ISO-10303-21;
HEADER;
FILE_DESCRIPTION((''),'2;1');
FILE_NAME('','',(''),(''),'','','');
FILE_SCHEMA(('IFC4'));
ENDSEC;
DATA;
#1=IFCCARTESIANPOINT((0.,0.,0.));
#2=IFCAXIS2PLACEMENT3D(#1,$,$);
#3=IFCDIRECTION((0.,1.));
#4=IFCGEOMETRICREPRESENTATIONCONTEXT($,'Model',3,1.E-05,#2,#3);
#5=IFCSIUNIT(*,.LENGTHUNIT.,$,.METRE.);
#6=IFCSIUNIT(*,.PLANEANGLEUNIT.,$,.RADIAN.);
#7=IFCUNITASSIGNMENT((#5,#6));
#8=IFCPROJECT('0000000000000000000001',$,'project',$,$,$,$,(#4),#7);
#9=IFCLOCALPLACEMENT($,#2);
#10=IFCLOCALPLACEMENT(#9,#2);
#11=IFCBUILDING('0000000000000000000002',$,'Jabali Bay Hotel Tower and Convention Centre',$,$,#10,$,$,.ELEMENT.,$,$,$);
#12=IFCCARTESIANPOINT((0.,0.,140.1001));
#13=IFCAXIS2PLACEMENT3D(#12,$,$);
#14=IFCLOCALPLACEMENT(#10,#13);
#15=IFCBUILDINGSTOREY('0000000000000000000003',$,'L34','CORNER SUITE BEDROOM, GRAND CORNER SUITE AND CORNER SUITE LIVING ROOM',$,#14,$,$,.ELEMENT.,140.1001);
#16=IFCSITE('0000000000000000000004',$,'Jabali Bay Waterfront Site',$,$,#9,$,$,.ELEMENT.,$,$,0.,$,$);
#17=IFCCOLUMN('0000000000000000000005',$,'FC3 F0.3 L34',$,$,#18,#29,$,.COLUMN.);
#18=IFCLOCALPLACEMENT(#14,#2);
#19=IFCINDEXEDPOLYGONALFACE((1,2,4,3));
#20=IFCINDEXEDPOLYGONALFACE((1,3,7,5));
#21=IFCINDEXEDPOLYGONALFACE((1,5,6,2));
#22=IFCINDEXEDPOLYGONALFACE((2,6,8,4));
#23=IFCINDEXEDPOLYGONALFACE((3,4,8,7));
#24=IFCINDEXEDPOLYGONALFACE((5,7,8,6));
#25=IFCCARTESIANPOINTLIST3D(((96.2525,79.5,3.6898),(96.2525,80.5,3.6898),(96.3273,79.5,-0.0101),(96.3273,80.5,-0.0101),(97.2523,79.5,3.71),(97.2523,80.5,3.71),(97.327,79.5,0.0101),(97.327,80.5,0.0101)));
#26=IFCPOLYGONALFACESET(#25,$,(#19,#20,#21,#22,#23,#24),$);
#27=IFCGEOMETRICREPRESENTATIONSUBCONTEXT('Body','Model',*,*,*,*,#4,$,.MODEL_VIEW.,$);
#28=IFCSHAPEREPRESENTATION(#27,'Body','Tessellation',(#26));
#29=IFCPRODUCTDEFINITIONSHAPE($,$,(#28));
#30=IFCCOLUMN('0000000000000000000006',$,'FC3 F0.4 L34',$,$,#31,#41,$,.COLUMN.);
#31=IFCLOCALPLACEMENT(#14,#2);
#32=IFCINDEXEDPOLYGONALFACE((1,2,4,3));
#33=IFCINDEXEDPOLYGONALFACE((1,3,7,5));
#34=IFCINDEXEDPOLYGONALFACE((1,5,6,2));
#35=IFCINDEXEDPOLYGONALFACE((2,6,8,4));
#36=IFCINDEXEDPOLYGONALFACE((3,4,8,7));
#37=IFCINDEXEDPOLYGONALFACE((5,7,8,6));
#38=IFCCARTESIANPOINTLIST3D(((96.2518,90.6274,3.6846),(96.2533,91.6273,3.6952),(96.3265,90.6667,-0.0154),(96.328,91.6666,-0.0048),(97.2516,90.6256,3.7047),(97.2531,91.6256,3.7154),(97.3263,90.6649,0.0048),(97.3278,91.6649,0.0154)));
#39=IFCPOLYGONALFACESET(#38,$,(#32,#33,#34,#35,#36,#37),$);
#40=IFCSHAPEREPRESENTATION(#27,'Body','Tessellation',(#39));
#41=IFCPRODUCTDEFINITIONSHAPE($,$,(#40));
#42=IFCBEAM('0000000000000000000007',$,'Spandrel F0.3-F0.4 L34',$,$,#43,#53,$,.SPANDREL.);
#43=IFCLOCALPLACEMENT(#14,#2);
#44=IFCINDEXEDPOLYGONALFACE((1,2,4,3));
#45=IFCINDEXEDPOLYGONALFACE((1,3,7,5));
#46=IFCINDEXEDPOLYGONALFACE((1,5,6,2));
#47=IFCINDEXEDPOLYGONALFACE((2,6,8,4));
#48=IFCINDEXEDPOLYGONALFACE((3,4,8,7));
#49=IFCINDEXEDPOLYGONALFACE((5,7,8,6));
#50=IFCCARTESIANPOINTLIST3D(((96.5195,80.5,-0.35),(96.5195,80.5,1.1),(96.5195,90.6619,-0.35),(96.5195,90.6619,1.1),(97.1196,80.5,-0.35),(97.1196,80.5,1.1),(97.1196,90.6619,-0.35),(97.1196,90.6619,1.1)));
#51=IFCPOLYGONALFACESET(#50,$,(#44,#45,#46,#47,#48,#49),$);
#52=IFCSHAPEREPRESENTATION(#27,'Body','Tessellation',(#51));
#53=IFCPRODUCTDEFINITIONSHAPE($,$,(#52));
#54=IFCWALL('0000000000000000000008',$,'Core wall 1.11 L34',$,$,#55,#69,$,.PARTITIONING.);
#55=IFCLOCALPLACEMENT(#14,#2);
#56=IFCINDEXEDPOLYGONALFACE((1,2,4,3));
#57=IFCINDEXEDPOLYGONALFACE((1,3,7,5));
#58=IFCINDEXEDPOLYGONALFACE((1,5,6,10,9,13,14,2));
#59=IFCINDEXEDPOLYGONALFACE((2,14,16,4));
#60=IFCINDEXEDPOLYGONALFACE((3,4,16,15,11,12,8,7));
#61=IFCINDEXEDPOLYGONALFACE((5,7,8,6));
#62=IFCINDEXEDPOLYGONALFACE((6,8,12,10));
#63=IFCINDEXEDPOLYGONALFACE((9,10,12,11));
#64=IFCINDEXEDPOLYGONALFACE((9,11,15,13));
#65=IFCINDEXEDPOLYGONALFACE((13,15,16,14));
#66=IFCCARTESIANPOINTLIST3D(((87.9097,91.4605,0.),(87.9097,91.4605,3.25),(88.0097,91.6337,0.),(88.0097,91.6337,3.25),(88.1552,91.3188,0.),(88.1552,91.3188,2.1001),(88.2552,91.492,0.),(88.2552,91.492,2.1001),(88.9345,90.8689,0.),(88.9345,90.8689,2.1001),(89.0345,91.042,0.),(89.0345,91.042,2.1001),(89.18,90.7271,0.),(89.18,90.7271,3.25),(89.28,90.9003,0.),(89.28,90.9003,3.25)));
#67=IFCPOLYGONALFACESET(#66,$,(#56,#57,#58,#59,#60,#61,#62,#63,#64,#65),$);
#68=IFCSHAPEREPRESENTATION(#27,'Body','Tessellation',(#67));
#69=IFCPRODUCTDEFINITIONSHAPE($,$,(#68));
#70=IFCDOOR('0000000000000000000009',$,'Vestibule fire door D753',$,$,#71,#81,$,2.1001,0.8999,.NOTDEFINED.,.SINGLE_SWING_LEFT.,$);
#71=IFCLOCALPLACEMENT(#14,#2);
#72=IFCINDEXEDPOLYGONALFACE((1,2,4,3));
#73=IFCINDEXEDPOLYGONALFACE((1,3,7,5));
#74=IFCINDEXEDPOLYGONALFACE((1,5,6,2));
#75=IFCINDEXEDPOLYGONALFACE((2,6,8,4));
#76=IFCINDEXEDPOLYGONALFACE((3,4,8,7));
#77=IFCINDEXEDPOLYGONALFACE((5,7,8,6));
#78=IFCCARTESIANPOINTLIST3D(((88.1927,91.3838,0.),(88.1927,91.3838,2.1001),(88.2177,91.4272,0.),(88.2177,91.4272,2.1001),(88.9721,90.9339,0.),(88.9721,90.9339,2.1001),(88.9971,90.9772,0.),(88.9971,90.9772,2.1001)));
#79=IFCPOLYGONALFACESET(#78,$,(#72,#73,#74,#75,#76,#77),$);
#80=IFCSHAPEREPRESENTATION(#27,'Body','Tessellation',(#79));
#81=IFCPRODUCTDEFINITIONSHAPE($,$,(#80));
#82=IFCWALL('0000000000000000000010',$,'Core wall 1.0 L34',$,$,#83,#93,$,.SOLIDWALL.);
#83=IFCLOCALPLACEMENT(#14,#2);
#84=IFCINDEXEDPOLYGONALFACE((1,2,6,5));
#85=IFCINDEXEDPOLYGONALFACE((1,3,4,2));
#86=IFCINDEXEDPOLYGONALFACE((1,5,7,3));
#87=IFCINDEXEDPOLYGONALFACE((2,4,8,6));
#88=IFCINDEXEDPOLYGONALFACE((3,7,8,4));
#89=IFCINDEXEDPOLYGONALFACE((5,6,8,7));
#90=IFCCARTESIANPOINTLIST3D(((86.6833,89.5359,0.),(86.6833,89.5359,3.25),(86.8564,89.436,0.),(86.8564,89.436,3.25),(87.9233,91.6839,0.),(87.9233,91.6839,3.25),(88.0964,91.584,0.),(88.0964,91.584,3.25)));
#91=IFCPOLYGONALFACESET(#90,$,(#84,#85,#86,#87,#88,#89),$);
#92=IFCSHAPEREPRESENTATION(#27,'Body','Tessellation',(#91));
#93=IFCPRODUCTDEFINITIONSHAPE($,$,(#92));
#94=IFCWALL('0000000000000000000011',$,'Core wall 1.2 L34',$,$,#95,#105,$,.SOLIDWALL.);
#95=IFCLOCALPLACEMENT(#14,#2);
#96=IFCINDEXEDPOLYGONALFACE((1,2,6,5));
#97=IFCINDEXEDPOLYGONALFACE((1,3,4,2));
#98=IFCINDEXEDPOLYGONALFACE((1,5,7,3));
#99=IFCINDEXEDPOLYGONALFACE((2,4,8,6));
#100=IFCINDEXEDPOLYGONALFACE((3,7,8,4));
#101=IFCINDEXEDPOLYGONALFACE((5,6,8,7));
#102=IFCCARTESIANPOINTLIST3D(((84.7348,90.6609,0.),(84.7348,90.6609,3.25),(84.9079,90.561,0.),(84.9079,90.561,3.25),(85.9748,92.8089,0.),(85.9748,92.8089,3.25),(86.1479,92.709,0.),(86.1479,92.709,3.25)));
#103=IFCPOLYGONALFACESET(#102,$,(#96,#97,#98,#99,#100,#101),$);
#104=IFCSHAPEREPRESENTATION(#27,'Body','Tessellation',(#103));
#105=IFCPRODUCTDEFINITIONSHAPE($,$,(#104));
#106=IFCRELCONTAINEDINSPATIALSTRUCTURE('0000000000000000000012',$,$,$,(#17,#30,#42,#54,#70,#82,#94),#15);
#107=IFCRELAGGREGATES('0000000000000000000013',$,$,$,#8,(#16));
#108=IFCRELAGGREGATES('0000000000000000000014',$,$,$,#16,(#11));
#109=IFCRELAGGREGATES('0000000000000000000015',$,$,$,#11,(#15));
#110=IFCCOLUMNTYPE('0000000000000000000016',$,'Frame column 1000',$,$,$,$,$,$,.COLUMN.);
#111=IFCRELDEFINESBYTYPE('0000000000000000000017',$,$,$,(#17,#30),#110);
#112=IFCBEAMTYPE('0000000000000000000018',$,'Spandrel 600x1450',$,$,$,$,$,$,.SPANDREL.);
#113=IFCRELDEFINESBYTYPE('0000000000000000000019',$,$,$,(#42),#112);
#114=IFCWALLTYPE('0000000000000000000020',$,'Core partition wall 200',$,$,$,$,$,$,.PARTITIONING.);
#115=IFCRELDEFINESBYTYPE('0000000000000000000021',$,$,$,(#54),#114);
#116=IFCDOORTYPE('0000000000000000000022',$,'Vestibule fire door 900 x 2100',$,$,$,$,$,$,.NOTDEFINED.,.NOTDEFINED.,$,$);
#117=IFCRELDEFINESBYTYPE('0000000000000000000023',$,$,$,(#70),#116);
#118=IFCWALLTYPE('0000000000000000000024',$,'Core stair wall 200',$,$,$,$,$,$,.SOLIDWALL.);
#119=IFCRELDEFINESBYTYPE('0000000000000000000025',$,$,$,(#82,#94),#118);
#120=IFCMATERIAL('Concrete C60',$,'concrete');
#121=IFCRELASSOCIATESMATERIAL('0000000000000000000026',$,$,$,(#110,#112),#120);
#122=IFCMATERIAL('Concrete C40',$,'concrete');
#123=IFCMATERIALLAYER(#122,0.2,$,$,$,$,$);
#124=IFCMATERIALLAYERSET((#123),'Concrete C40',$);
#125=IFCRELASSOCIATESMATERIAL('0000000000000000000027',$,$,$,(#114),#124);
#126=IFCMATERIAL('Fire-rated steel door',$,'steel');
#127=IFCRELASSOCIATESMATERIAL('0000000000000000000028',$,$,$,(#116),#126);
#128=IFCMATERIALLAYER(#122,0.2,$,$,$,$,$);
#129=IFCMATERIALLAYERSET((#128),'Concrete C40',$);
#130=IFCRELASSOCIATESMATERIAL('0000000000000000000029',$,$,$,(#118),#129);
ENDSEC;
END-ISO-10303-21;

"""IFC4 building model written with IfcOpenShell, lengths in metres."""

from ifc_helpers import new_model, si_unit, direction, frame, frame_2d, origin, origin_2d, place, context, subcontext, project, spatial, rectangle, extrude, material, layer, layer_set, material_profile, profile_set, type_object, element, fill, save


model = new_model("IFC4")

# Units and contexts
model_context = context("Model", 3, precision=1e-05, world=origin(), true_north=direction((0.0, 1.0)))
body_context = subcontext(model_context, "Body", "Model", "MODEL_VIEW")
ifc_project = project(units=[si_unit("LENGTHUNIT", "METRE"), si_unit("PLANEANGLEUNIT", "RADIAN")], contexts=[model_context])

# Site, building, storey
site_placement = place(None, origin())
site = spatial("IfcSite", under=ifc_project, at=site_placement, Name="Jabali Bay Waterfront Site", CompositionType="ELEMENT", RefElevation=0.0)
building_placement = place(site_placement, origin())
building = spatial("IfcBuilding", under=site, at=building_placement, Name="Jabali Bay Hotel Tower and Convention Centre", CompositionType="ELEMENT")
storey_placement = place(building_placement, frame((0.0, 0.0, 140.1001)))
storey = spatial("IfcBuildingStorey", under=building, at=storey_placement, Name="L34", Description="CORNER SUITE BEDROOM, GRAND CORNER SUITE AND CORNER SUITE LIVING ROOM", CompositionType="ELEMENT", Elevation=140.1001)

# Columns
ifc_material_1 = material(Name="Concrete C60", Category="concrete")
ifc_material_profile_1 = material_profile(ifc_material_1, rectangle(XDim=1.0, YDim=1.0, at=origin_2d()), Name="Frame column 1000")
ifc_profile_set_1 = profile_set([ifc_material_profile_1], Name="Concrete C60")
column_type = type_object("IfcColumnType", Name="Frame column 1000", PredefinedType="COLUMN", material=ifc_profile_set_1)
column_1_placement = place(storey_placement, frame((96.8271, 80.0, 0.0), z_axis=(-0.020187, 0.0, 0.999796), x_axis=(0.0, -1.0, 0.0)))
element("IfcColumn", 1, at=column_1_placement, inside=storey, type_object=column_type, Name="FC3 F0.3 L34", PredefinedType="COLUMN", context=body_context, shape_type="SweptSolid", body=[
    extrude(rectangle(XDim=1.0, YDim=1.0, at=origin_2d()), origin(), (0.0, 0.0, 1.0), 3.7007),
])
column_2_placement = place(storey_placement, frame((96.8271, 91.1658, 0.0), z_axis=(-0.020186, -0.010621, 0.99974), x_axis=(0.999795, -0.001747, 0.020169)))
element("IfcColumn", 2, at=column_2_placement, inside=storey, type_object=column_type, Name="FC3 F0.4 L34", PredefinedType="COLUMN", context=body_context, shape_type="SweptSolid", body=[
    extrude(rectangle(XDim=1.0, YDim=1.0, at=origin_2d()), origin(), (0.0, 0.0, 1.0), 3.7009),
])

# Beam
ifc_material_profile_2 = material_profile(ifc_material_1, rectangle(XDim=0.6001, YDim=1.45, at=origin_2d()), Name="Spandrel 600x1450")
ifc_profile_set_2 = profile_set([ifc_material_profile_2], Name="Concrete C60")
beam_type = type_object("IfcBeamType", Name="Spandrel 600x1450", PredefinedType="SPANDREL", material=ifc_profile_set_2)
beam_placement = place(storey_placement, frame((96.8196, 80.5, 0.375), z_axis=(0.0, 1.0, 0.0), x_axis=(-1.0, 0.0, 0.0)))
element("IfcBeam", 3, at=beam_placement, inside=storey, type_object=beam_type, Name="Spandrel F0.3-F0.4 L34", PredefinedType="SPANDREL", context=body_context, shape_type="SweptSolid", body=[
    extrude(rectangle(XDim=0.6001, YDim=1.45, at=origin_2d()), origin(), (0.0, 0.0, 1.0), 10.1619),
])

# Wall, opening, door
ifc_material_2 = material(Name="Concrete C40", Category="concrete")
ifc_layer_1 = layer(ifc_material_2, 0.2)
ifc_layer_set_1 = layer_set([ifc_layer_1], Name="Concrete C40")
wall_type_1 = type_object("IfcWallType", Name="Core partition wall 200", PredefinedType="PARTITIONING", material=ifc_layer_set_1)
wall_1_placement = place(storey_placement, frame((89.23, 90.8137, 0.0), z_axis=(0.0, 0.0, 1.0), x_axis=(-0.866022, 0.500006, 0.0)))
wall_1 = element("IfcWall", 4, at=wall_1_placement, inside=storey, type_object=wall_type_1, Name="Core wall 1.11 L34", PredefinedType="PARTITIONING", context=body_context, shape_type="SweptSolid", body=[
    extrude(rectangle(XDim=1.4668, YDim=0.2, at=frame_2d((0.7334, 0.0))), origin(), (0.0, 0.0, 1.0), 3.25),
])
opening_1_placement = place(wall_1_placement, frame((0.2834, 0.0, 0.0)))
opening_1 = element("IfcOpeningElement", 5, at=opening_1_placement, cuts=wall_1, PredefinedType="OPENING", context=body_context, shape_type="SweptSolid", body=[
    extrude(rectangle(XDim=0.8999, YDim=2.1001, at=frame_2d((0.45, 1.05))), frame((0.0, 0.1104, 0.0), z_axis=(0.0, -1.0, 0.0), x_axis=(1.0, 0.0, 0.0)), (0.0, 0.0, 1.0), 0.2209),
])
ifc_material_3 = material(Name="Fire-rated steel door", Category="steel")
door_type_1 = type_object("IfcDoorType", Name="Vestibule fire door 900 x 2100", OperationType="NOTDEFINED", PredefinedType="NOTDEFINED", material=ifc_material_3)
door_1_placement = place(opening_1_placement, origin())
door_1 = element("IfcDoor", 6, at=door_1_placement, inside=storey, type_object=door_type_1, Name="Vestibule fire door D753", OperationType="SINGLE_SWING_LEFT", OverallHeight=2.1001, OverallWidth=0.8999, PredefinedType="NOTDEFINED", context=body_context, shape_type="SweptSolid", body=[
    extrude(rectangle(XDim=0.8999, YDim=2.1001, at=frame_2d((0.45, 1.05))), frame((0.0, 0.0249, 0.0), z_axis=(0.0, -1.0, 0.0), x_axis=(1.0, 0.0, 0.0)), (0.0, 0.0, 1.0), 0.05),
])
fill(opening_1, door_1)

# Walls
ifc_layer_2 = layer(ifc_material_2, 0.2)
ifc_layer_set_2 = layer_set([ifc_layer_2], Name="Concrete C40")
wall_type_2 = type_object("IfcWallType", Name="Core stair wall 200", PredefinedType="SOLIDWALL", material=ifc_layer_set_2)
for number, where, z_axis, x_axis, name in (
    (7, (86.7698, 89.4858, 0.0), (0.0, 0.0, 1.0), (0.499961, 0.866048, 0.0), "Core wall 1.0 L34"),
    (8, (84.8213, 90.6108, 0.0), (0.0, 0.0, 1.0), (0.499961, 0.866048, 0.0), "Core wall 1.2 L34"),
):
    element("IfcWall", number, at=place(storey_placement, frame(where, z_axis=z_axis, x_axis=x_axis)), inside=storey, type_object=wall_type_2, Name=name, PredefinedType="SOLIDWALL", context=body_context, shape_type="SweptSolid", body=[
        extrude(rectangle(XDim=2.4802, YDim=0.2, at=frame_2d((1.2402, 0.0))), origin(), (0.0, 0.0, 1.0), 3.25),
    ])

save(model, "model.ifc")
